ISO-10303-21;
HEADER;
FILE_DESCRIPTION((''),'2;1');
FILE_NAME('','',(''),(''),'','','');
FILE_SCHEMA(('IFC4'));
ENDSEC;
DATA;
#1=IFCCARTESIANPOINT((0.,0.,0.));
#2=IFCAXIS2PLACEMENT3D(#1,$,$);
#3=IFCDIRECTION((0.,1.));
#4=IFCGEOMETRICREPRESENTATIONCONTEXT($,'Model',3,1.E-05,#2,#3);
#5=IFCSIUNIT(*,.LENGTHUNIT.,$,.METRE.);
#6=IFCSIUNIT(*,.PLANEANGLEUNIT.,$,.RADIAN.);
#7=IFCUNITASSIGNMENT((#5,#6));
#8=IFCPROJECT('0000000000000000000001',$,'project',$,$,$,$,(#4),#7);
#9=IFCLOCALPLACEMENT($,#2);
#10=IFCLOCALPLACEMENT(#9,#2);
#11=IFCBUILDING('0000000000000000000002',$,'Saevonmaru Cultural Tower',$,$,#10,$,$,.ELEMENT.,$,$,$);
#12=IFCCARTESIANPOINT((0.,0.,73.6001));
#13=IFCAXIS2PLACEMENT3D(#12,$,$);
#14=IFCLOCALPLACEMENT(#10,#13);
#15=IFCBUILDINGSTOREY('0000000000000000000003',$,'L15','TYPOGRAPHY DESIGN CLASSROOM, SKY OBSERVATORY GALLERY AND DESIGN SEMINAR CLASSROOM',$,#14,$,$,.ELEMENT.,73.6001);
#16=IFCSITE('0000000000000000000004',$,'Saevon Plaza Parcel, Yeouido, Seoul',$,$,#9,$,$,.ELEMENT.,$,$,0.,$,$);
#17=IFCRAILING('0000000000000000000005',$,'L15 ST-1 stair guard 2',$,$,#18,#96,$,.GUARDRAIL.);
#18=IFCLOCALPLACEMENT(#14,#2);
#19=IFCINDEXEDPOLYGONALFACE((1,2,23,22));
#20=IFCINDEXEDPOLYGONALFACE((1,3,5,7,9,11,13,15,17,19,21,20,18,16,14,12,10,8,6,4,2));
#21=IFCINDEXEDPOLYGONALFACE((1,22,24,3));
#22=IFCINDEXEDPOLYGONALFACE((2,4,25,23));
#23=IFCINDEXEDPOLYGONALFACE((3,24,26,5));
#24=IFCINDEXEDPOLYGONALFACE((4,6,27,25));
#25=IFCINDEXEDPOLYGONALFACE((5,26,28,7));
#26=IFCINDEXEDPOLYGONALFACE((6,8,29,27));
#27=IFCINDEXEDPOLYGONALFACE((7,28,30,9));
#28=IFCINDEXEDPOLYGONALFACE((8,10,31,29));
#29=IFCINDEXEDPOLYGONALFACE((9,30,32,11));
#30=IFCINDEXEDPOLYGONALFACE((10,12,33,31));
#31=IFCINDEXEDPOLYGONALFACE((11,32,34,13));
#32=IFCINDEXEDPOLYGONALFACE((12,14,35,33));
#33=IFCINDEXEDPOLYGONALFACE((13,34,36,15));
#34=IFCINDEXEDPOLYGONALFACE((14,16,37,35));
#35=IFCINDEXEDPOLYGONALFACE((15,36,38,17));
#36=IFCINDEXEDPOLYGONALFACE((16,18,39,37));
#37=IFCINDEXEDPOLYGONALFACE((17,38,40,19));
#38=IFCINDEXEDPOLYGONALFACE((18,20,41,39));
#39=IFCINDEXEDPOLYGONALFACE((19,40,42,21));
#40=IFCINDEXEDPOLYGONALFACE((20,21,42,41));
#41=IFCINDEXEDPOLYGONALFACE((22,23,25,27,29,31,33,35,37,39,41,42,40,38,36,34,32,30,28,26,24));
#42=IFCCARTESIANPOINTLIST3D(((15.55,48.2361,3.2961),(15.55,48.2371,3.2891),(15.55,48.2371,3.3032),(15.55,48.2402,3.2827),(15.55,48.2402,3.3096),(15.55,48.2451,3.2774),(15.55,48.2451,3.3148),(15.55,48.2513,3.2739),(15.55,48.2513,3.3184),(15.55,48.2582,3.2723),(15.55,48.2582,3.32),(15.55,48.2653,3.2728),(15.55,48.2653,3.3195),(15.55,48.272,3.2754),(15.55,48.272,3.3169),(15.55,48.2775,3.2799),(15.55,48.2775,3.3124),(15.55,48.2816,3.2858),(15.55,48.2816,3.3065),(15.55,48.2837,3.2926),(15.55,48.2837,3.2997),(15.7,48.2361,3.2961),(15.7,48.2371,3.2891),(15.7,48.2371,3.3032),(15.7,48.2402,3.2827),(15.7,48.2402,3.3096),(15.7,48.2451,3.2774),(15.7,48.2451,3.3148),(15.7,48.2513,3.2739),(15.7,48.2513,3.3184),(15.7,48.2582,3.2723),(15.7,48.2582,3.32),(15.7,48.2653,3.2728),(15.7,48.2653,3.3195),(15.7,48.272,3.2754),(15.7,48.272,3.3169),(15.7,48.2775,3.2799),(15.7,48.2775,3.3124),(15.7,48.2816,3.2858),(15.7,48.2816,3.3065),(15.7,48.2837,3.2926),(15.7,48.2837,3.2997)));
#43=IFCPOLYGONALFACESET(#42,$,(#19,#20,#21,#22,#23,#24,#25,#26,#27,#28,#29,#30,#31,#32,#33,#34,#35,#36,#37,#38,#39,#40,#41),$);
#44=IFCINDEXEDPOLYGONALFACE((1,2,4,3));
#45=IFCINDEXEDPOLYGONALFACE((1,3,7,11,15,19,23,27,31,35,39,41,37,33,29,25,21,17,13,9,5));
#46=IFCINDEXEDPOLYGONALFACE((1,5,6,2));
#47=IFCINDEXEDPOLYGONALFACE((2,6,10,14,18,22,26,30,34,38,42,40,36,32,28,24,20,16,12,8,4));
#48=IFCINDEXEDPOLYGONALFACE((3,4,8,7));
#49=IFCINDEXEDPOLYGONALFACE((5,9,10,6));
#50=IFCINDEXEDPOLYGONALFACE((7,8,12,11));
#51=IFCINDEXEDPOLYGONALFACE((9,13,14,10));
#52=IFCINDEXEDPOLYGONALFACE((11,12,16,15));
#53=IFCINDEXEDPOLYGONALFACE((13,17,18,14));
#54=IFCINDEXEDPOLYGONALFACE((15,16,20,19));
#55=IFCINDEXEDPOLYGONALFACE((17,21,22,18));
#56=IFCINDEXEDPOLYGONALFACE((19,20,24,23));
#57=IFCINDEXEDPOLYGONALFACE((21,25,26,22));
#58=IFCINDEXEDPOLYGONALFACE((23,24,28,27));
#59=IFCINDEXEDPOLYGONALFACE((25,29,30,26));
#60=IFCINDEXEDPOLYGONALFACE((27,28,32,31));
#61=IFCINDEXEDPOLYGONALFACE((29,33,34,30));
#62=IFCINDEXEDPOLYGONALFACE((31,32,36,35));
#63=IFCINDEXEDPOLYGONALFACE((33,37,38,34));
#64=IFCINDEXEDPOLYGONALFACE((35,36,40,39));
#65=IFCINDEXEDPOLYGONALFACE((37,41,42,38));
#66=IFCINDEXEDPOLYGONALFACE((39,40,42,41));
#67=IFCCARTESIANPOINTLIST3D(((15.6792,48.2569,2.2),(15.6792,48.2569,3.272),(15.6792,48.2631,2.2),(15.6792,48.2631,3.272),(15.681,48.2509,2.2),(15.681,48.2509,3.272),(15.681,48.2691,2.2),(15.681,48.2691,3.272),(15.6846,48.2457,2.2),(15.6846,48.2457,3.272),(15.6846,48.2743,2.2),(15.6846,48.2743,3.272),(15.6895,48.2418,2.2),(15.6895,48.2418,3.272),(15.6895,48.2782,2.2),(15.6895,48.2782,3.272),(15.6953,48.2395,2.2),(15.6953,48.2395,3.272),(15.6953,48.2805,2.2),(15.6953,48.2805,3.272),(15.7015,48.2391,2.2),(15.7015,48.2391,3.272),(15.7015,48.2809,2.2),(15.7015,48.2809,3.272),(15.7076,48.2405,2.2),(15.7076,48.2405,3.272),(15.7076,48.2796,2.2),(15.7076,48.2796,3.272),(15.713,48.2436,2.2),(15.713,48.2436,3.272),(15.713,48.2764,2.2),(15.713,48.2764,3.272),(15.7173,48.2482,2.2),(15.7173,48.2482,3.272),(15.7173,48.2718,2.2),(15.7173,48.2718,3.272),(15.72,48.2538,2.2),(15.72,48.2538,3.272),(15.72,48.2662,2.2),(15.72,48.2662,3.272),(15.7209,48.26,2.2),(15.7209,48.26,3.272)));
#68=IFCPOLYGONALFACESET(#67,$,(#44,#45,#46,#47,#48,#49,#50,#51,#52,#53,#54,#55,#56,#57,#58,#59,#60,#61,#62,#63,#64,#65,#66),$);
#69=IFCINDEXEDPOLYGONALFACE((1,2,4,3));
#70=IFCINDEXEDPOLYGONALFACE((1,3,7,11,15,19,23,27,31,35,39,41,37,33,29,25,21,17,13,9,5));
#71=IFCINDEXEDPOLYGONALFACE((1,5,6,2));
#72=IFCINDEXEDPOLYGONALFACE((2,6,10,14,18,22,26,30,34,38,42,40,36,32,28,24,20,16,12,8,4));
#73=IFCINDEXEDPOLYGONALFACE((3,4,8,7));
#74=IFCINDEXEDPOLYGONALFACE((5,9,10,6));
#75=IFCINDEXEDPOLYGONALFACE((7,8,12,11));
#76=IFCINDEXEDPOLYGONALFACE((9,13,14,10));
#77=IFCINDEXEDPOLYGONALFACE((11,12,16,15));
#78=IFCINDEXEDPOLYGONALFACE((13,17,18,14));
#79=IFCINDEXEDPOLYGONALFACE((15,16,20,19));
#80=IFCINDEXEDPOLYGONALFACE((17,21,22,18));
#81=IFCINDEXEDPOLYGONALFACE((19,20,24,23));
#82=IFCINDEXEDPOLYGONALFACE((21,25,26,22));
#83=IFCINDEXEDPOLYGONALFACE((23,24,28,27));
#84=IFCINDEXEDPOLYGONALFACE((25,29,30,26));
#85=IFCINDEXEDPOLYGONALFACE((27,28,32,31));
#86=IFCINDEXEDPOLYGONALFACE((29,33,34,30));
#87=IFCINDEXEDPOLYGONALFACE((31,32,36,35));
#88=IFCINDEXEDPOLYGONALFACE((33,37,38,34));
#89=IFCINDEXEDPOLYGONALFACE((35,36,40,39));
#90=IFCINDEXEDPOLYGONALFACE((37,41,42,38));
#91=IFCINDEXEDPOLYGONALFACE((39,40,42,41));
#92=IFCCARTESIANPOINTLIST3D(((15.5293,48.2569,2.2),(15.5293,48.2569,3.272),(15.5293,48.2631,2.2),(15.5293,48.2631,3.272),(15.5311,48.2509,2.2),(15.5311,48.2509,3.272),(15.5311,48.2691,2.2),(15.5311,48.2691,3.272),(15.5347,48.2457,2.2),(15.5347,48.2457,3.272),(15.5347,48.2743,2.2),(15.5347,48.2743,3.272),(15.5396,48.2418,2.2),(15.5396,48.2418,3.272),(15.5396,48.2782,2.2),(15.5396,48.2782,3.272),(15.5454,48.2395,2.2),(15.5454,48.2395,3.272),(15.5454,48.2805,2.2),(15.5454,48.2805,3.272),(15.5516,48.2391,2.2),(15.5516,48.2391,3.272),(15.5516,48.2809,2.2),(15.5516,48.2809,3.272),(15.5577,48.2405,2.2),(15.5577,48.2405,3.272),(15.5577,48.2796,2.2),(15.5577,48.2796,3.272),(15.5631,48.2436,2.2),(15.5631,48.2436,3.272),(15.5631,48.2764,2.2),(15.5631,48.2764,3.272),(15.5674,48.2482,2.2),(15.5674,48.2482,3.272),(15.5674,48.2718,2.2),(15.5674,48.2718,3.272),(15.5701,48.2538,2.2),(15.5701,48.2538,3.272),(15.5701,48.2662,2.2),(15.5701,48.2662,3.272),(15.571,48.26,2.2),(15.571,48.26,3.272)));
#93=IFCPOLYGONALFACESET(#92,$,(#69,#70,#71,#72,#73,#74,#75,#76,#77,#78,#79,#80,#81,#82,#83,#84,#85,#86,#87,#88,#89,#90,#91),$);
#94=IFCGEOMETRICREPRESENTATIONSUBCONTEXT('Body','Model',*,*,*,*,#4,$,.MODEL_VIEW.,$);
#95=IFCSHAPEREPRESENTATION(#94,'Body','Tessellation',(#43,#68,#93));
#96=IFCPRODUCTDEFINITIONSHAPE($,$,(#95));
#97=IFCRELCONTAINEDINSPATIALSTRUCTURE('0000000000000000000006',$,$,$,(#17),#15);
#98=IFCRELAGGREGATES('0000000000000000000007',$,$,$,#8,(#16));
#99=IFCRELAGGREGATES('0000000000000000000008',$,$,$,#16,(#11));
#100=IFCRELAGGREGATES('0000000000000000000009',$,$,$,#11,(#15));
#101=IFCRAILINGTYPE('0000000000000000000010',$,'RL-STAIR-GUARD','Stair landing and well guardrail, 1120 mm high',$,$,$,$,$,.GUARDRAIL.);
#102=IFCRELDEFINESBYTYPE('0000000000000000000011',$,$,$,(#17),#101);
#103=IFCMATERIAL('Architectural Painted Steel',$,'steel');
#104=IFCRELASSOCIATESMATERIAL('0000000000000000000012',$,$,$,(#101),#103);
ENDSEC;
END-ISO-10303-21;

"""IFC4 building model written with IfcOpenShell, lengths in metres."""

from ifc_helpers import new_model, si_unit, direction, frame, origin, origin_2d, place, context, subcontext, project, spatial, circle, extrude, material, type_object, element, save


model = new_model("IFC4")

# Units and contexts
model_context = context("Model", 3, precision=1e-05, world=origin(), true_north=direction((0.0, 1.0)))
body_context = subcontext(model_context, "Body", "Model", "MODEL_VIEW")
ifc_project = project(units=[si_unit("LENGTHUNIT", "METRE"), si_unit("PLANEANGLEUNIT", "RADIAN")], contexts=[model_context])

# Site, building, storey
site_placement = place(None, origin())
site = spatial("IfcSite", under=ifc_project, at=site_placement, Name="Saevon Plaza Parcel, Yeouido, Seoul", CompositionType="ELEMENT", RefElevation=0.0)
building_placement = place(site_placement, origin())
building = spatial("IfcBuilding", under=site, at=building_placement, Name="Saevonmaru Cultural Tower", CompositionType="ELEMENT")
storey_placement = place(building_placement, frame((0.0, 0.0, 73.6001)))
storey = spatial("IfcBuildingStorey", under=building, at=storey_placement, Name="L15", Description="TYPOGRAPHY DESIGN CLASSROOM, SKY OBSERVATORY GALLERY AND DESIGN SEMINAR CLASSROOM", CompositionType="ELEMENT", Elevation=73.6001)

# Railing
ifc_material_1 = material(Name="Architectural Painted Steel", Category="steel")
railing_type = type_object("IfcRailingType", Name="RL-STAIR-GUARD", Description="Stair landing and well guardrail, 1120 mm high", PredefinedType="GUARDRAIL", material=ifc_material_1)
railing_1_placement = place(storey_placement, frame((15.7, 48.26, 2.2)))
element("IfcRailing", 1, at=railing_1_placement, inside=storey, type_object=railing_type, Name="L15 ST-1 stair guard 2", PredefinedType="GUARDRAIL", context=body_context, shape_type="SweptSolid", body=[
    extrude(circle(Radius=0.0239, at=origin_2d()), frame((0.0, 0.0, 1.0962), z_axis=(-1.0, 0.0, 0.0), x_axis=(0.0, -1.0, 0.0)), (0.0, 0.0, 1.0), 0.1499),
    extrude(circle(Radius=0.021, at=origin_2d()), origin(), (0.0, 0.0, 1.0), 1.072),
    extrude(circle(Radius=0.021, at=origin_2d()), frame((-0.1499, 0.0, 0.0)), (0.0, 0.0, 1.0), 1.072),
])

save(model, "model.ifc")
